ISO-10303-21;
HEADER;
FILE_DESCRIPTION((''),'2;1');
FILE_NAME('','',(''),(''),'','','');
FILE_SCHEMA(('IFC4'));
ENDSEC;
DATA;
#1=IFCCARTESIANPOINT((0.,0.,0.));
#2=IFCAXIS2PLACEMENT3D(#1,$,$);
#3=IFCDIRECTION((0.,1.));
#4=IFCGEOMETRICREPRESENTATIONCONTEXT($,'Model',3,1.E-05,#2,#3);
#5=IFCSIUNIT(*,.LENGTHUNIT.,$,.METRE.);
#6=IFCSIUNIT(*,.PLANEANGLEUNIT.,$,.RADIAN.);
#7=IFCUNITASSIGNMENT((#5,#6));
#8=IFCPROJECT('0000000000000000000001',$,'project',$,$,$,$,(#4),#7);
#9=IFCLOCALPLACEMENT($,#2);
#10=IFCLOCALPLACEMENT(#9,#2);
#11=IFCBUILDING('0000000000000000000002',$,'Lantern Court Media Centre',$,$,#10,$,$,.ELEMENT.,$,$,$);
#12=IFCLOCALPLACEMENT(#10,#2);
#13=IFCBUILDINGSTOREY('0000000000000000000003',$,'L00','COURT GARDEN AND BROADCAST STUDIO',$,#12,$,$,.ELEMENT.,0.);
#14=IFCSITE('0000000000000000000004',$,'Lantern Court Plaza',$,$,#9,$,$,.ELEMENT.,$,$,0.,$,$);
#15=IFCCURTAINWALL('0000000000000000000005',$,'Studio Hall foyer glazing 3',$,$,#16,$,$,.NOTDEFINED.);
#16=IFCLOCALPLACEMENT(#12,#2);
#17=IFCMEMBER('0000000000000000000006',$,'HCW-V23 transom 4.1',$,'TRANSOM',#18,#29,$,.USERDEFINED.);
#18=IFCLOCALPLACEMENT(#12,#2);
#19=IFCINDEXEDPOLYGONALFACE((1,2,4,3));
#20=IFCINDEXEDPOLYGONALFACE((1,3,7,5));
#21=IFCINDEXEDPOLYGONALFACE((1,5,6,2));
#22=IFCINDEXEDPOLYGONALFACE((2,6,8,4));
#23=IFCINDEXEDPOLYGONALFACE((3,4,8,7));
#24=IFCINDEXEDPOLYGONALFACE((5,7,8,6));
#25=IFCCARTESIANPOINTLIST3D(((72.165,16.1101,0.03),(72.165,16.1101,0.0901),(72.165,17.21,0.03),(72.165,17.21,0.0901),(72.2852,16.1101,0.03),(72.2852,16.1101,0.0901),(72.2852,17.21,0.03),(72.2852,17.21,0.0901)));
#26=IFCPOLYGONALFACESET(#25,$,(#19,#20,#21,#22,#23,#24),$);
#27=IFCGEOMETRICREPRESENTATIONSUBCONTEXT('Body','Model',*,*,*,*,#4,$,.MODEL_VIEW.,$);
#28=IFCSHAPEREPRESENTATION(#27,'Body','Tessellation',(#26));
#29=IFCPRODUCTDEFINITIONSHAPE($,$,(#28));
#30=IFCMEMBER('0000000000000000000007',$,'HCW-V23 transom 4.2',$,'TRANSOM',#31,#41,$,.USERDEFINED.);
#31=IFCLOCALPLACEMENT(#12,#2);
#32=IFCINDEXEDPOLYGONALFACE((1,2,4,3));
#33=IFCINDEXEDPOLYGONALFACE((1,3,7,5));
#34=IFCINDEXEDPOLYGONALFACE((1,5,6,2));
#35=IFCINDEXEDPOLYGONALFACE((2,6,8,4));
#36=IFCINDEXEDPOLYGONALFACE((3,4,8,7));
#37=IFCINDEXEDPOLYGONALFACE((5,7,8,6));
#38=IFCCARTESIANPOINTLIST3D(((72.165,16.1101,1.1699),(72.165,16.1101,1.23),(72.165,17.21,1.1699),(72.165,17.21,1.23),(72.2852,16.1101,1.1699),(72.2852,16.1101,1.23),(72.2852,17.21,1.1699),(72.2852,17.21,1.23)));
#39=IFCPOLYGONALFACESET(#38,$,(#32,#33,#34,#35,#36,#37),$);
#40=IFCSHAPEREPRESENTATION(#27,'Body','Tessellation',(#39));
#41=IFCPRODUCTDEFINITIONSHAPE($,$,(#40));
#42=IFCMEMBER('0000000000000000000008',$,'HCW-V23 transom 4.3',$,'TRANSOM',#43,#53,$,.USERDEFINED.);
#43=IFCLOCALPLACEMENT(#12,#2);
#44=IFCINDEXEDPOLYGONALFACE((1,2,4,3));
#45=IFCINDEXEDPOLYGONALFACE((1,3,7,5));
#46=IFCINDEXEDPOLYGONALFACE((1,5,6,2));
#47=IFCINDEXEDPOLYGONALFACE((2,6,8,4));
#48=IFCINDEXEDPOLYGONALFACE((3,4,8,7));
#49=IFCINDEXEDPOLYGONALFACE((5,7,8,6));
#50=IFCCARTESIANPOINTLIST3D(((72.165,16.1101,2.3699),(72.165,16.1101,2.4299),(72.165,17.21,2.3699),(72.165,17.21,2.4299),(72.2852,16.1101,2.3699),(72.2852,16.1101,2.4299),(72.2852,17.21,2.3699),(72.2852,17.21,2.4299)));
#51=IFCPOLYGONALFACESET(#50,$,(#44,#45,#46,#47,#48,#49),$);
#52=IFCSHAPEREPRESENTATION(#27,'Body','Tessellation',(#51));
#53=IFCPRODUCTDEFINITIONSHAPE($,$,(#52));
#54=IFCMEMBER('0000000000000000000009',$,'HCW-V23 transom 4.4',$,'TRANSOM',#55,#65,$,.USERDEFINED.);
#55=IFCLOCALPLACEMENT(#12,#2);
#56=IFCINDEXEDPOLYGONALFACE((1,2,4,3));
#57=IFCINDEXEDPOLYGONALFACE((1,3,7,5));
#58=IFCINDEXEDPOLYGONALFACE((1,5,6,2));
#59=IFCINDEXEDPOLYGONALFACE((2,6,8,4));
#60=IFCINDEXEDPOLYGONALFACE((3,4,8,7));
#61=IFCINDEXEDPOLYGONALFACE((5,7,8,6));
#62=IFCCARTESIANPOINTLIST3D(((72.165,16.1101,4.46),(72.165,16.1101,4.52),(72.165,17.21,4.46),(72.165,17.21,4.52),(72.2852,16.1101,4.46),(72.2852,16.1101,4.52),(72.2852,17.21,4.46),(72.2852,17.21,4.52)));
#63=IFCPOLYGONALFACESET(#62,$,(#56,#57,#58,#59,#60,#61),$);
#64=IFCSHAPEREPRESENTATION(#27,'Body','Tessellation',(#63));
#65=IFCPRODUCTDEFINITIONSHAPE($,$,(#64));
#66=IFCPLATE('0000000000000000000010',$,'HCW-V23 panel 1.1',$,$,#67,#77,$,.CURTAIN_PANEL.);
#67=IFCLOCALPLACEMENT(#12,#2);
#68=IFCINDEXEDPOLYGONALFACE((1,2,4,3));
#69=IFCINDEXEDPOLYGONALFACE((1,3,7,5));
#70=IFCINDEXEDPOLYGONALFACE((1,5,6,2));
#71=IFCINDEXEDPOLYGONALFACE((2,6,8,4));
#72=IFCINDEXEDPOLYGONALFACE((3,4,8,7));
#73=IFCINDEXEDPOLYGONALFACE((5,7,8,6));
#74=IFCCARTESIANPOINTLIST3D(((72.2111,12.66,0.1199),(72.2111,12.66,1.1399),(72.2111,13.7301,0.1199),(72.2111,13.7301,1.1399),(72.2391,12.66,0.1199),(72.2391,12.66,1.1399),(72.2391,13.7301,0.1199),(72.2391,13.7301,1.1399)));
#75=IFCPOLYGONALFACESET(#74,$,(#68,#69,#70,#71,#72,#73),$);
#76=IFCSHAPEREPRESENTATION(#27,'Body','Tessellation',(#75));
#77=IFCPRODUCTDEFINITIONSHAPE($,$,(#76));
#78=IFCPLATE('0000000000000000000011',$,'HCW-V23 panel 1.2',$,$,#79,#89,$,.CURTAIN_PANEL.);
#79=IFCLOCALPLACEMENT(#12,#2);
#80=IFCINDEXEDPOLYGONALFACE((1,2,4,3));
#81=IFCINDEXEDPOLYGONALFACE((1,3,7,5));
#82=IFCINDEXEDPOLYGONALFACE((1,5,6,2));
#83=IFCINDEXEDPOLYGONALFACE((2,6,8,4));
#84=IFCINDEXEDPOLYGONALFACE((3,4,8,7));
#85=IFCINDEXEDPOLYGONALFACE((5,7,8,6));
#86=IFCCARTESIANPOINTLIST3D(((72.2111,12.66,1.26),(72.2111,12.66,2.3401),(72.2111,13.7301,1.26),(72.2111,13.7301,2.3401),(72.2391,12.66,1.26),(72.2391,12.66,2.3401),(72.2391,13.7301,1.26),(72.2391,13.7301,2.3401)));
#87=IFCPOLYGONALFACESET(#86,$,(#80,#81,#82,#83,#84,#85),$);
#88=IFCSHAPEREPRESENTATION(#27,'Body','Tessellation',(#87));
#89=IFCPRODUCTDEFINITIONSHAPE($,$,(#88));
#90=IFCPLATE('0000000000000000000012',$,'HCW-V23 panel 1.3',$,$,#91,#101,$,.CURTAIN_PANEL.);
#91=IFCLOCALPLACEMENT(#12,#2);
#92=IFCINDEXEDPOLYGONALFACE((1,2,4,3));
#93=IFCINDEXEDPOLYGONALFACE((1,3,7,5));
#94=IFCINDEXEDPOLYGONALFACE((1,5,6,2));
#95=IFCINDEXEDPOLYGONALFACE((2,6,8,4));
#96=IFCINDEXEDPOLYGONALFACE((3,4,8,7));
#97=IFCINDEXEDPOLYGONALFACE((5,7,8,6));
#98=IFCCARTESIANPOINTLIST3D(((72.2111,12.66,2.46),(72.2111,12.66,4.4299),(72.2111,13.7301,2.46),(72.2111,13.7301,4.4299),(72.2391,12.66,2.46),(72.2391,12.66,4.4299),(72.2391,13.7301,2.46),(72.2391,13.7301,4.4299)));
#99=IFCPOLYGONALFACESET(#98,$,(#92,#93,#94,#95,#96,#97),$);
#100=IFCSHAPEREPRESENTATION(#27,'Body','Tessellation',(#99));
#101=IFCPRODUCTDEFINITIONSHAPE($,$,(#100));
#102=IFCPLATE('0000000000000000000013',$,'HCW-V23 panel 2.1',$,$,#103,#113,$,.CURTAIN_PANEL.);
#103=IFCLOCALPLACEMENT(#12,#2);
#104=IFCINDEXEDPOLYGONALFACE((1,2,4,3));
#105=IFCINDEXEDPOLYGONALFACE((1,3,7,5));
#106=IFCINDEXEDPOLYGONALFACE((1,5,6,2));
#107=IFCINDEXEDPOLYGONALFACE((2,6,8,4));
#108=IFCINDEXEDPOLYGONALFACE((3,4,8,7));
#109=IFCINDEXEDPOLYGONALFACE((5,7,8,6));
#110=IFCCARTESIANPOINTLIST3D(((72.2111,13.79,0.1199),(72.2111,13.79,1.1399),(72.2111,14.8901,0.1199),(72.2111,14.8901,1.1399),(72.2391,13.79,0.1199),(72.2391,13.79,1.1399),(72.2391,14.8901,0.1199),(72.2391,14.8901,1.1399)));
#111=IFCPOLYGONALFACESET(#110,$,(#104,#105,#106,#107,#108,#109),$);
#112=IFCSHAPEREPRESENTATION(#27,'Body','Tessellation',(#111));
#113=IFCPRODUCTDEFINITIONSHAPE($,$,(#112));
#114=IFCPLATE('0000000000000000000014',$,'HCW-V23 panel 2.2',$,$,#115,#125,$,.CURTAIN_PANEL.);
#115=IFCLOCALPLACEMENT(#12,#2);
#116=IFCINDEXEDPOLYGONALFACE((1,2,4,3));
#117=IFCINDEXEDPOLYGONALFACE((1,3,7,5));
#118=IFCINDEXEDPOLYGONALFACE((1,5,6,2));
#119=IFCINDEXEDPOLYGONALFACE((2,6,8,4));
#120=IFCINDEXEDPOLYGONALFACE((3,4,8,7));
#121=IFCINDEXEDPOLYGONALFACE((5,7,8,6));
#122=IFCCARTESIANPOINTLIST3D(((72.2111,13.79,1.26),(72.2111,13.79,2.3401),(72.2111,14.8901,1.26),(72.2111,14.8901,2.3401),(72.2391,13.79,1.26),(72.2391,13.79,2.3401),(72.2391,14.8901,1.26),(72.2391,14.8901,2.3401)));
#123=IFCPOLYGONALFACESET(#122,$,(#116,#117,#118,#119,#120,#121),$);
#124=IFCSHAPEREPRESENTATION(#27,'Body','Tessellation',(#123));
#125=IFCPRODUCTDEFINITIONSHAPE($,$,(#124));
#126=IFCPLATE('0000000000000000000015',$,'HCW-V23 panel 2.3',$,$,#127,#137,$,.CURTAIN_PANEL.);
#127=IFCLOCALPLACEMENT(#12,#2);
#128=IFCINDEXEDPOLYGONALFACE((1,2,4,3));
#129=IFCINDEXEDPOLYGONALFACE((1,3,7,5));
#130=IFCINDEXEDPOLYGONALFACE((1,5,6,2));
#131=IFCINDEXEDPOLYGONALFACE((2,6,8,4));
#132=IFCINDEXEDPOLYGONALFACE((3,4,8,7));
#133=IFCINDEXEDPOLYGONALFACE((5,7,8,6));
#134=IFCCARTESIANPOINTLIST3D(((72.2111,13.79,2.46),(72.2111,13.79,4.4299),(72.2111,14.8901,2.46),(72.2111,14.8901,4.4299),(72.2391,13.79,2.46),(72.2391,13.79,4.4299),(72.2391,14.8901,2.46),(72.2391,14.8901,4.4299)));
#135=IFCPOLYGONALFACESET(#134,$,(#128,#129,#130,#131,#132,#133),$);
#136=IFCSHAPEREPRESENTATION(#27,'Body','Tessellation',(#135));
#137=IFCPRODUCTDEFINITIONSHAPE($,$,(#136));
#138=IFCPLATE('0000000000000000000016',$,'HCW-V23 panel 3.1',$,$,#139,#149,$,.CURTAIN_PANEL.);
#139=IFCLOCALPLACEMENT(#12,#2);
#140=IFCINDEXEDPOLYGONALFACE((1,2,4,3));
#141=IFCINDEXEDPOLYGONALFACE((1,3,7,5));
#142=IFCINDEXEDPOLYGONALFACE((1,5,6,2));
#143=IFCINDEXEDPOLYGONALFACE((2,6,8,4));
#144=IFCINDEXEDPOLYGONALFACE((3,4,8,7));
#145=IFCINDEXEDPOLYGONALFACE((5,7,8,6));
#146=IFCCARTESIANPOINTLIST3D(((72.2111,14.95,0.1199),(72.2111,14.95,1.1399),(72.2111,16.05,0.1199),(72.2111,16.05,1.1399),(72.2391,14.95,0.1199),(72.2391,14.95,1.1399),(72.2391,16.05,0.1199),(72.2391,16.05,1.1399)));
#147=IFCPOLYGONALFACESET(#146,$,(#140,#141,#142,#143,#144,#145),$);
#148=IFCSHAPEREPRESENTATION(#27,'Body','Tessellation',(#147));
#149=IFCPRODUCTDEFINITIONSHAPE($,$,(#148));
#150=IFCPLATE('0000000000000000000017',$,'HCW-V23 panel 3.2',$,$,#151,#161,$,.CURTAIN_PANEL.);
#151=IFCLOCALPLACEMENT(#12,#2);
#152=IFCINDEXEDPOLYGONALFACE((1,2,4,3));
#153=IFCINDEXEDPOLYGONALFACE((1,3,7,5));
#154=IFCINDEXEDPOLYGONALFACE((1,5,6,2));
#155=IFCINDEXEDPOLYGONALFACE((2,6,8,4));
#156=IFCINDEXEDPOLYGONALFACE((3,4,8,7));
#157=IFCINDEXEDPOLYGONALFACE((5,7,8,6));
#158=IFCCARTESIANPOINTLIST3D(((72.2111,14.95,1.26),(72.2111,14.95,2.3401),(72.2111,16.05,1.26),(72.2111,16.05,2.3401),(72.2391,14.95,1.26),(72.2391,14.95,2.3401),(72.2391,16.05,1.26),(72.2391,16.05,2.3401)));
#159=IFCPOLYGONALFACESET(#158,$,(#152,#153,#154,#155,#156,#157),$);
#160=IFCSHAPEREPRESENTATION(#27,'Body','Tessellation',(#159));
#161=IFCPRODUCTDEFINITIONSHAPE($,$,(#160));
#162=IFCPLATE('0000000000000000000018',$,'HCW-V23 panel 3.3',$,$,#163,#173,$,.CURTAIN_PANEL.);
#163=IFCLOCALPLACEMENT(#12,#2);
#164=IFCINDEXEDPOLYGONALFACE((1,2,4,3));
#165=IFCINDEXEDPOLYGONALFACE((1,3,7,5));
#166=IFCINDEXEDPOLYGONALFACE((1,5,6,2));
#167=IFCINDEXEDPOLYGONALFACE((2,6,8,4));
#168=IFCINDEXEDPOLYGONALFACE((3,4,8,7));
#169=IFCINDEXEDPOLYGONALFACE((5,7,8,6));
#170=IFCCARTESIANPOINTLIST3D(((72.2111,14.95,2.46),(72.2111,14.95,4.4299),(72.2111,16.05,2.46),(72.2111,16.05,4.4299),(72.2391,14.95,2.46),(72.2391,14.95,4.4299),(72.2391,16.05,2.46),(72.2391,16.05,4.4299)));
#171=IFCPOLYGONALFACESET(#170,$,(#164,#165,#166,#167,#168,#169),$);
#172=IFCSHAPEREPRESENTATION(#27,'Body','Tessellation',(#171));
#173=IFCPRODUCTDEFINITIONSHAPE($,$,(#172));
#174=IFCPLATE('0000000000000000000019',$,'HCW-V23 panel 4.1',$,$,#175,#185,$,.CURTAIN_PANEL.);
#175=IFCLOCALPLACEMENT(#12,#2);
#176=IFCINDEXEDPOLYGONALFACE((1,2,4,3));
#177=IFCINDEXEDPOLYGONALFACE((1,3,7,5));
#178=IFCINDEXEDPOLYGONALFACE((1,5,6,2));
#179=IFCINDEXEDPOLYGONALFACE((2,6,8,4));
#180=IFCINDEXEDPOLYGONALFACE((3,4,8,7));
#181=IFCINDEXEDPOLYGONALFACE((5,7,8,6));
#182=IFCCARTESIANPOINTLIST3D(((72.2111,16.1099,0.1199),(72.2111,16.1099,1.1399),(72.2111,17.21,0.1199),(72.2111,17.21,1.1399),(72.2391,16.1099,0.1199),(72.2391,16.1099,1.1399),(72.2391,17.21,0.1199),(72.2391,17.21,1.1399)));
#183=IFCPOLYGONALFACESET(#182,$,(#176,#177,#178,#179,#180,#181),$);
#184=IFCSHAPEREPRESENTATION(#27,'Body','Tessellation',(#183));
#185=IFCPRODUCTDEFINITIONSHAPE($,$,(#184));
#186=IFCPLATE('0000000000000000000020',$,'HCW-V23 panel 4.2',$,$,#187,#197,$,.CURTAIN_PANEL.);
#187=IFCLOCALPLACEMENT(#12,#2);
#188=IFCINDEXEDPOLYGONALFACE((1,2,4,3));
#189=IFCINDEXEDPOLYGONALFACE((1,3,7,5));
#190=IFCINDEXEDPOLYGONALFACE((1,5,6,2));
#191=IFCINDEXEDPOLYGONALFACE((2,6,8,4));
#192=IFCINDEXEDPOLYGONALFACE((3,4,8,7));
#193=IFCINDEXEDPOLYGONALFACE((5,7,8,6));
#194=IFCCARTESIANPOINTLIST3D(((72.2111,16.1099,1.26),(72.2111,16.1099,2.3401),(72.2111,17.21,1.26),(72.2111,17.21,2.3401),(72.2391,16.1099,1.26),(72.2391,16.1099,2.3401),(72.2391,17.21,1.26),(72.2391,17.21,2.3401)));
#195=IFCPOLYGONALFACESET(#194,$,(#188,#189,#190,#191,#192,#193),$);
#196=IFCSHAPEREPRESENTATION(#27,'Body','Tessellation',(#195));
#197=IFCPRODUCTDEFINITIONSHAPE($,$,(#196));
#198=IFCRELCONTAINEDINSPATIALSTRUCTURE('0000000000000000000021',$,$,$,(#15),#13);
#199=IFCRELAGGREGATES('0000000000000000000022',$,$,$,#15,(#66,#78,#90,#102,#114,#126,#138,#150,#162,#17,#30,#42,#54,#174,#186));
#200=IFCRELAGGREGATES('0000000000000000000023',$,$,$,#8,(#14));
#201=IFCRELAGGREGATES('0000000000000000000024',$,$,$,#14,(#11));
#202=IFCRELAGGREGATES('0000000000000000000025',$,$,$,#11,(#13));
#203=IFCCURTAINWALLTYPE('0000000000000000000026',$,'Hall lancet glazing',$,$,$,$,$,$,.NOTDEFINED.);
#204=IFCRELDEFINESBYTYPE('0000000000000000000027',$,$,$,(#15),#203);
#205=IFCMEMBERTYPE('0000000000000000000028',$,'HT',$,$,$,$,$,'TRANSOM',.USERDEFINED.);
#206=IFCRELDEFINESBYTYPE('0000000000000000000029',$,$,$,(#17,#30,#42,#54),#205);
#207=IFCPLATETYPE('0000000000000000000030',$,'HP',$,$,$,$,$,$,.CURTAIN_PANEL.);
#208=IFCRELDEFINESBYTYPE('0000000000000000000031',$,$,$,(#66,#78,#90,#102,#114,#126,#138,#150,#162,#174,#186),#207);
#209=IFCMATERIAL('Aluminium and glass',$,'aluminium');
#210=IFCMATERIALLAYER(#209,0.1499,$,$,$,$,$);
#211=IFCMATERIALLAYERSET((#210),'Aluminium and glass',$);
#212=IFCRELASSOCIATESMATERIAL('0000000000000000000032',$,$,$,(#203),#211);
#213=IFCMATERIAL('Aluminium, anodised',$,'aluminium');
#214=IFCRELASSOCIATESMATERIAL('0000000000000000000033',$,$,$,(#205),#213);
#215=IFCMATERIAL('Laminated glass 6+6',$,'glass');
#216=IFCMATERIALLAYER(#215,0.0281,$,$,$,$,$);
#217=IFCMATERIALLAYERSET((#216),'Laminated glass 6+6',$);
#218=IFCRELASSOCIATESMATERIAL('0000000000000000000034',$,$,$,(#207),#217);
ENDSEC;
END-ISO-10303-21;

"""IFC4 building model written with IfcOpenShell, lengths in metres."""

from ifc_helpers import new_model, si_unit, direction, frame, origin, origin_2d, place, context, subcontext, project, spatial, rectangle, extrude, material, layer, layer_set, material_profile, profile_set, type_object, element, aggregate, save


model = new_model("IFC4")

# Units and contexts
model_context = context("Model", 3, precision=1e-05, world=origin(), true_north=direction((0.0, 1.0)))
body_context = subcontext(model_context, "Body", "Model", "MODEL_VIEW")
ifc_project = project(units=[si_unit("LENGTHUNIT", "METRE"), si_unit("PLANEANGLEUNIT", "RADIAN")], contexts=[model_context])

# Site, building, storey
site_placement = place(None, origin())
site = spatial("IfcSite", under=ifc_project, at=site_placement, Name="Lantern Court Plaza", CompositionType="ELEMENT", RefElevation=0.0)
building_placement = place(site_placement, origin())
building = spatial("IfcBuilding", under=site, at=building_placement, Name="Lantern Court Media Centre", CompositionType="ELEMENT")
storey_placement = place(building_placement, origin())
storey = spatial("IfcBuildingStorey", under=building, at=storey_placement, Name="L00", Description="COURT GARDEN AND BROADCAST STUDIO", CompositionType="ELEMENT", Elevation=0.0)

# Curtain wall, members, plates
ifc_material_1 = material(Name="Aluminium and glass", Category="aluminium")
ifc_layer_1 = layer(ifc_material_1, 0.1499)
ifc_layer_set_1 = layer_set([ifc_layer_1], Name="Aluminium and glass")
curtain_wall_type = type_object("IfcCurtainWallType", Name="Hall lancet glazing", PredefinedType="NOTDEFINED", material=ifc_layer_set_1)
curtain_wall_placement = place(storey_placement, origin())
curtain_wall = element("IfcCurtainWall", 1, at=curtain_wall_placement, inside=storey, type_object=curtain_wall_type, Name="Studio Hall foyer glazing 3", PredefinedType="NOTDEFINED")
ifc_material_2 = material(Name="Aluminium, anodised", Category="aluminium")
ifc_material_profile_1 = material_profile(ifc_material_2, rectangle(XDim=0.1201, YDim=0.0601, at=origin_2d()), Name="HT")
ifc_profile_set_1 = profile_set([ifc_material_profile_1], Name="Aluminium, anodised")
member_type_1 = type_object("IfcMemberType", Name="HT", ElementType="TRANSOM", PredefinedType="USERDEFINED", material=ifc_profile_set_1)
member_1_placement = place(storey_placement, frame((72.2251, 16.1101, 0.0601), z_axis=(0.0, 1.0, 0.0), x_axis=(-1.0, 0.0, 0.0)))
member_1 = element("IfcMember", 2, at=member_1_placement, type_object=member_type_1, Name="HCW-V23 transom 4.1", ObjectType="TRANSOM", PredefinedType="USERDEFINED", context=body_context, shape_type="SweptSolid", body=[
    extrude(rectangle(XDim=0.1201, YDim=0.0601, at=origin_2d()), origin(), (0.0, 0.0, 1.0), 1.0999),
])
member_2_placement = place(storey_placement, frame((72.2251, 16.1101, 1.2), z_axis=(0.0, 1.0, 0.0), x_axis=(-1.0, 0.0, 0.0)))
member_2 = element("IfcMember", 3, at=member_2_placement, type_object=member_type_1, Name="HCW-V23 transom 4.2", ObjectType="TRANSOM", PredefinedType="USERDEFINED", context=body_context, shape_type="SweptSolid", body=[
    extrude(rectangle(XDim=0.1201, YDim=0.0601, at=origin_2d()), origin(), (0.0, 0.0, 1.0), 1.0999),
])
member_3_placement = place(storey_placement, frame((72.2251, 16.1101, 2.3999), z_axis=(0.0, 1.0, 0.0), x_axis=(-1.0, 0.0, 0.0)))
member_3 = element("IfcMember", 4, at=member_3_placement, type_object=member_type_1, Name="HCW-V23 transom 4.3", ObjectType="TRANSOM", PredefinedType="USERDEFINED", context=body_context, shape_type="SweptSolid", body=[
    extrude(rectangle(XDim=0.1201, YDim=0.0601, at=origin_2d()), origin(), (0.0, 0.0, 1.0), 1.0999),
])
member_4_placement = place(storey_placement, frame((72.2251, 16.1101, 4.49), z_axis=(0.0, 1.0, 0.0), x_axis=(-1.0, 0.0, 0.0)))
member_4 = element("IfcMember", 5, at=member_4_placement, type_object=member_type_1, Name="HCW-V23 transom 4.4", ObjectType="TRANSOM", PredefinedType="USERDEFINED", context=body_context, shape_type="SweptSolid", body=[
    extrude(rectangle(XDim=0.1201, YDim=0.0601, at=origin_2d()), origin(), (0.0, 0.0, 1.0), 1.0999),
])
ifc_material_3 = material(Name="Laminated glass 6+6", Category="glass")
ifc_layer_2 = layer(ifc_material_3, 0.0281)
ifc_layer_set_2 = layer_set([ifc_layer_2], Name="Laminated glass 6+6")
plate_type = type_object("IfcPlateType", Name="HP", PredefinedType="CURTAIN_PANEL", material=ifc_layer_set_2)
plate_1_placement = place(storey_placement, frame((72.2251, 13.1951, 0.1199), z_axis=(0.0, 0.0, 1.0), x_axis=(0.0, 1.0, 0.0)))
plate_1 = element("IfcPlate", 6, at=plate_1_placement, type_object=plate_type, Name="HCW-V23 panel 1.1", PredefinedType="CURTAIN_PANEL", context=body_context, shape_type="SweptSolid", body=[
    extrude(rectangle(XDim=1.0701, YDim=0.0281, at=origin_2d()), origin(), (0.0, 0.0, 1.0), 1.02),
])
plate_2_placement = place(storey_placement, frame((72.2251, 13.1951, 1.26), z_axis=(0.0, 0.0, 1.0), x_axis=(0.0, 1.0, 0.0)))
plate_2 = element("IfcPlate", 7, at=plate_2_placement, type_object=plate_type, Name="HCW-V23 panel 1.2", PredefinedType="CURTAIN_PANEL", context=body_context, shape_type="SweptSolid", body=[
    extrude(rectangle(XDim=1.0701, YDim=0.0281, at=origin_2d()), origin(), (0.0, 0.0, 1.0), 1.0801),
])
plate_3_placement = place(storey_placement, frame((72.2251, 13.1951, 2.46), z_axis=(0.0, 0.0, 1.0), x_axis=(0.0, 1.0, 0.0)))
plate_3 = element("IfcPlate", 8, at=plate_3_placement, type_object=plate_type, Name="HCW-V23 panel 1.3", PredefinedType="CURTAIN_PANEL", context=body_context, shape_type="SweptSolid", body=[
    extrude(rectangle(XDim=1.0701, YDim=0.0281, at=origin_2d()), origin(), (0.0, 0.0, 1.0), 1.97),
])
plate_4_placement = place(storey_placement, frame((72.2251, 14.3401, 0.1199), z_axis=(0.0, 0.0, 1.0), x_axis=(0.0, 1.0, 0.0)))
plate_4 = element("IfcPlate", 9, at=plate_4_placement, type_object=plate_type, Name="HCW-V23 panel 2.1", PredefinedType="CURTAIN_PANEL", context=body_context, shape_type="SweptSolid", body=[
    extrude(rectangle(XDim=1.1001, YDim=0.0281, at=origin_2d()), origin(), (0.0, 0.0, 1.0), 1.02),
])
plate_5_placement = place(storey_placement, frame((72.2251, 14.3401, 1.26), z_axis=(0.0, 0.0, 1.0), x_axis=(0.0, 1.0, 0.0)))
plate_5 = element("IfcPlate", 10, at=plate_5_placement, type_object=plate_type, Name="HCW-V23 panel 2.2", PredefinedType="CURTAIN_PANEL", context=body_context, shape_type="SweptSolid", body=[
    extrude(rectangle(XDim=1.1001, YDim=0.0281, at=origin_2d()), origin(), (0.0, 0.0, 1.0), 1.0801),
])
plate_6_placement = place(storey_placement, frame((72.2251, 14.3401, 2.46), z_axis=(0.0, 0.0, 1.0), x_axis=(0.0, 1.0, 0.0)))
plate_6 = element("IfcPlate", 11, at=plate_6_placement, type_object=plate_type, Name="HCW-V23 panel 2.3", PredefinedType="CURTAIN_PANEL", context=body_context, shape_type="SweptSolid", body=[
    extrude(rectangle(XDim=1.1001, YDim=0.0281, at=origin_2d()), origin(), (0.0, 0.0, 1.0), 1.97),
])
plate_7_placement = place(storey_placement, frame((72.2251, 15.5, 0.1199), z_axis=(0.0, 0.0, 1.0), x_axis=(0.0, 1.0, 0.0)))
plate_7 = element("IfcPlate", 12, at=plate_7_placement, type_object=plate_type, Name="HCW-V23 panel 3.1", PredefinedType="CURTAIN_PANEL", context=body_context, shape_type="SweptSolid", body=[
    extrude(rectangle(XDim=1.1001, YDim=0.0281, at=origin_2d()), origin(), (0.0, 0.0, 1.0), 1.02),
])
plate_8_placement = place(storey_placement, frame((72.2251, 15.5, 1.26), z_axis=(0.0, 0.0, 1.0), x_axis=(0.0, 1.0, 0.0)))
plate_8 = element("IfcPlate", 13, at=plate_8_placement, type_object=plate_type, Name="HCW-V23 panel 3.2", PredefinedType="CURTAIN_PANEL", context=body_context, shape_type="SweptSolid", body=[
    extrude(rectangle(XDim=1.1001, YDim=0.0281, at=origin_2d()), origin(), (0.0, 0.0, 1.0), 1.0801),
])
plate_9_placement = place(storey_placement, frame((72.2251, 15.5, 2.46), z_axis=(0.0, 0.0, 1.0), x_axis=(0.0, 1.0, 0.0)))
plate_9 = element("IfcPlate", 14, at=plate_9_placement, type_object=plate_type, Name="HCW-V23 panel 3.3", PredefinedType="CURTAIN_PANEL", context=body_context, shape_type="SweptSolid", body=[
    extrude(rectangle(XDim=1.1001, YDim=0.0281, at=origin_2d()), origin(), (0.0, 0.0, 1.0), 1.97),
])
plate_10_placement = place(storey_placement, frame((72.2251, 16.6599, 0.1199), z_axis=(0.0, 0.0, 1.0), x_axis=(0.0, 1.0, 0.0)))
plate_10 = element("IfcPlate", 15, at=plate_10_placement, type_object=plate_type, Name="HCW-V23 panel 4.1", PredefinedType="CURTAIN_PANEL", context=body_context, shape_type="SweptSolid", body=[
    extrude(rectangle(XDim=1.1001, YDim=0.0281, at=origin_2d()), origin(), (0.0, 0.0, 1.0), 1.02),
])
plate_11_placement = place(storey_placement, frame((72.2251, 16.6599, 1.26), z_axis=(0.0, 0.0, 1.0), x_axis=(0.0, 1.0, 0.0)))
plate_11 = element("IfcPlate", 16, at=plate_11_placement, type_object=plate_type, Name="HCW-V23 panel 4.2", PredefinedType="CURTAIN_PANEL", context=body_context, shape_type="SweptSolid", body=[
    extrude(rectangle(XDim=1.1001, YDim=0.0281, at=origin_2d()), origin(), (0.0, 0.0, 1.0), 1.0801),
])
aggregate(curtain_wall, [plate_1, plate_2, plate_3, plate_4, plate_5, plate_6, plate_7, plate_8, plate_9, member_1, member_2, member_3, member_4, plate_10, plate_11])

save(model, "model.ifc")
